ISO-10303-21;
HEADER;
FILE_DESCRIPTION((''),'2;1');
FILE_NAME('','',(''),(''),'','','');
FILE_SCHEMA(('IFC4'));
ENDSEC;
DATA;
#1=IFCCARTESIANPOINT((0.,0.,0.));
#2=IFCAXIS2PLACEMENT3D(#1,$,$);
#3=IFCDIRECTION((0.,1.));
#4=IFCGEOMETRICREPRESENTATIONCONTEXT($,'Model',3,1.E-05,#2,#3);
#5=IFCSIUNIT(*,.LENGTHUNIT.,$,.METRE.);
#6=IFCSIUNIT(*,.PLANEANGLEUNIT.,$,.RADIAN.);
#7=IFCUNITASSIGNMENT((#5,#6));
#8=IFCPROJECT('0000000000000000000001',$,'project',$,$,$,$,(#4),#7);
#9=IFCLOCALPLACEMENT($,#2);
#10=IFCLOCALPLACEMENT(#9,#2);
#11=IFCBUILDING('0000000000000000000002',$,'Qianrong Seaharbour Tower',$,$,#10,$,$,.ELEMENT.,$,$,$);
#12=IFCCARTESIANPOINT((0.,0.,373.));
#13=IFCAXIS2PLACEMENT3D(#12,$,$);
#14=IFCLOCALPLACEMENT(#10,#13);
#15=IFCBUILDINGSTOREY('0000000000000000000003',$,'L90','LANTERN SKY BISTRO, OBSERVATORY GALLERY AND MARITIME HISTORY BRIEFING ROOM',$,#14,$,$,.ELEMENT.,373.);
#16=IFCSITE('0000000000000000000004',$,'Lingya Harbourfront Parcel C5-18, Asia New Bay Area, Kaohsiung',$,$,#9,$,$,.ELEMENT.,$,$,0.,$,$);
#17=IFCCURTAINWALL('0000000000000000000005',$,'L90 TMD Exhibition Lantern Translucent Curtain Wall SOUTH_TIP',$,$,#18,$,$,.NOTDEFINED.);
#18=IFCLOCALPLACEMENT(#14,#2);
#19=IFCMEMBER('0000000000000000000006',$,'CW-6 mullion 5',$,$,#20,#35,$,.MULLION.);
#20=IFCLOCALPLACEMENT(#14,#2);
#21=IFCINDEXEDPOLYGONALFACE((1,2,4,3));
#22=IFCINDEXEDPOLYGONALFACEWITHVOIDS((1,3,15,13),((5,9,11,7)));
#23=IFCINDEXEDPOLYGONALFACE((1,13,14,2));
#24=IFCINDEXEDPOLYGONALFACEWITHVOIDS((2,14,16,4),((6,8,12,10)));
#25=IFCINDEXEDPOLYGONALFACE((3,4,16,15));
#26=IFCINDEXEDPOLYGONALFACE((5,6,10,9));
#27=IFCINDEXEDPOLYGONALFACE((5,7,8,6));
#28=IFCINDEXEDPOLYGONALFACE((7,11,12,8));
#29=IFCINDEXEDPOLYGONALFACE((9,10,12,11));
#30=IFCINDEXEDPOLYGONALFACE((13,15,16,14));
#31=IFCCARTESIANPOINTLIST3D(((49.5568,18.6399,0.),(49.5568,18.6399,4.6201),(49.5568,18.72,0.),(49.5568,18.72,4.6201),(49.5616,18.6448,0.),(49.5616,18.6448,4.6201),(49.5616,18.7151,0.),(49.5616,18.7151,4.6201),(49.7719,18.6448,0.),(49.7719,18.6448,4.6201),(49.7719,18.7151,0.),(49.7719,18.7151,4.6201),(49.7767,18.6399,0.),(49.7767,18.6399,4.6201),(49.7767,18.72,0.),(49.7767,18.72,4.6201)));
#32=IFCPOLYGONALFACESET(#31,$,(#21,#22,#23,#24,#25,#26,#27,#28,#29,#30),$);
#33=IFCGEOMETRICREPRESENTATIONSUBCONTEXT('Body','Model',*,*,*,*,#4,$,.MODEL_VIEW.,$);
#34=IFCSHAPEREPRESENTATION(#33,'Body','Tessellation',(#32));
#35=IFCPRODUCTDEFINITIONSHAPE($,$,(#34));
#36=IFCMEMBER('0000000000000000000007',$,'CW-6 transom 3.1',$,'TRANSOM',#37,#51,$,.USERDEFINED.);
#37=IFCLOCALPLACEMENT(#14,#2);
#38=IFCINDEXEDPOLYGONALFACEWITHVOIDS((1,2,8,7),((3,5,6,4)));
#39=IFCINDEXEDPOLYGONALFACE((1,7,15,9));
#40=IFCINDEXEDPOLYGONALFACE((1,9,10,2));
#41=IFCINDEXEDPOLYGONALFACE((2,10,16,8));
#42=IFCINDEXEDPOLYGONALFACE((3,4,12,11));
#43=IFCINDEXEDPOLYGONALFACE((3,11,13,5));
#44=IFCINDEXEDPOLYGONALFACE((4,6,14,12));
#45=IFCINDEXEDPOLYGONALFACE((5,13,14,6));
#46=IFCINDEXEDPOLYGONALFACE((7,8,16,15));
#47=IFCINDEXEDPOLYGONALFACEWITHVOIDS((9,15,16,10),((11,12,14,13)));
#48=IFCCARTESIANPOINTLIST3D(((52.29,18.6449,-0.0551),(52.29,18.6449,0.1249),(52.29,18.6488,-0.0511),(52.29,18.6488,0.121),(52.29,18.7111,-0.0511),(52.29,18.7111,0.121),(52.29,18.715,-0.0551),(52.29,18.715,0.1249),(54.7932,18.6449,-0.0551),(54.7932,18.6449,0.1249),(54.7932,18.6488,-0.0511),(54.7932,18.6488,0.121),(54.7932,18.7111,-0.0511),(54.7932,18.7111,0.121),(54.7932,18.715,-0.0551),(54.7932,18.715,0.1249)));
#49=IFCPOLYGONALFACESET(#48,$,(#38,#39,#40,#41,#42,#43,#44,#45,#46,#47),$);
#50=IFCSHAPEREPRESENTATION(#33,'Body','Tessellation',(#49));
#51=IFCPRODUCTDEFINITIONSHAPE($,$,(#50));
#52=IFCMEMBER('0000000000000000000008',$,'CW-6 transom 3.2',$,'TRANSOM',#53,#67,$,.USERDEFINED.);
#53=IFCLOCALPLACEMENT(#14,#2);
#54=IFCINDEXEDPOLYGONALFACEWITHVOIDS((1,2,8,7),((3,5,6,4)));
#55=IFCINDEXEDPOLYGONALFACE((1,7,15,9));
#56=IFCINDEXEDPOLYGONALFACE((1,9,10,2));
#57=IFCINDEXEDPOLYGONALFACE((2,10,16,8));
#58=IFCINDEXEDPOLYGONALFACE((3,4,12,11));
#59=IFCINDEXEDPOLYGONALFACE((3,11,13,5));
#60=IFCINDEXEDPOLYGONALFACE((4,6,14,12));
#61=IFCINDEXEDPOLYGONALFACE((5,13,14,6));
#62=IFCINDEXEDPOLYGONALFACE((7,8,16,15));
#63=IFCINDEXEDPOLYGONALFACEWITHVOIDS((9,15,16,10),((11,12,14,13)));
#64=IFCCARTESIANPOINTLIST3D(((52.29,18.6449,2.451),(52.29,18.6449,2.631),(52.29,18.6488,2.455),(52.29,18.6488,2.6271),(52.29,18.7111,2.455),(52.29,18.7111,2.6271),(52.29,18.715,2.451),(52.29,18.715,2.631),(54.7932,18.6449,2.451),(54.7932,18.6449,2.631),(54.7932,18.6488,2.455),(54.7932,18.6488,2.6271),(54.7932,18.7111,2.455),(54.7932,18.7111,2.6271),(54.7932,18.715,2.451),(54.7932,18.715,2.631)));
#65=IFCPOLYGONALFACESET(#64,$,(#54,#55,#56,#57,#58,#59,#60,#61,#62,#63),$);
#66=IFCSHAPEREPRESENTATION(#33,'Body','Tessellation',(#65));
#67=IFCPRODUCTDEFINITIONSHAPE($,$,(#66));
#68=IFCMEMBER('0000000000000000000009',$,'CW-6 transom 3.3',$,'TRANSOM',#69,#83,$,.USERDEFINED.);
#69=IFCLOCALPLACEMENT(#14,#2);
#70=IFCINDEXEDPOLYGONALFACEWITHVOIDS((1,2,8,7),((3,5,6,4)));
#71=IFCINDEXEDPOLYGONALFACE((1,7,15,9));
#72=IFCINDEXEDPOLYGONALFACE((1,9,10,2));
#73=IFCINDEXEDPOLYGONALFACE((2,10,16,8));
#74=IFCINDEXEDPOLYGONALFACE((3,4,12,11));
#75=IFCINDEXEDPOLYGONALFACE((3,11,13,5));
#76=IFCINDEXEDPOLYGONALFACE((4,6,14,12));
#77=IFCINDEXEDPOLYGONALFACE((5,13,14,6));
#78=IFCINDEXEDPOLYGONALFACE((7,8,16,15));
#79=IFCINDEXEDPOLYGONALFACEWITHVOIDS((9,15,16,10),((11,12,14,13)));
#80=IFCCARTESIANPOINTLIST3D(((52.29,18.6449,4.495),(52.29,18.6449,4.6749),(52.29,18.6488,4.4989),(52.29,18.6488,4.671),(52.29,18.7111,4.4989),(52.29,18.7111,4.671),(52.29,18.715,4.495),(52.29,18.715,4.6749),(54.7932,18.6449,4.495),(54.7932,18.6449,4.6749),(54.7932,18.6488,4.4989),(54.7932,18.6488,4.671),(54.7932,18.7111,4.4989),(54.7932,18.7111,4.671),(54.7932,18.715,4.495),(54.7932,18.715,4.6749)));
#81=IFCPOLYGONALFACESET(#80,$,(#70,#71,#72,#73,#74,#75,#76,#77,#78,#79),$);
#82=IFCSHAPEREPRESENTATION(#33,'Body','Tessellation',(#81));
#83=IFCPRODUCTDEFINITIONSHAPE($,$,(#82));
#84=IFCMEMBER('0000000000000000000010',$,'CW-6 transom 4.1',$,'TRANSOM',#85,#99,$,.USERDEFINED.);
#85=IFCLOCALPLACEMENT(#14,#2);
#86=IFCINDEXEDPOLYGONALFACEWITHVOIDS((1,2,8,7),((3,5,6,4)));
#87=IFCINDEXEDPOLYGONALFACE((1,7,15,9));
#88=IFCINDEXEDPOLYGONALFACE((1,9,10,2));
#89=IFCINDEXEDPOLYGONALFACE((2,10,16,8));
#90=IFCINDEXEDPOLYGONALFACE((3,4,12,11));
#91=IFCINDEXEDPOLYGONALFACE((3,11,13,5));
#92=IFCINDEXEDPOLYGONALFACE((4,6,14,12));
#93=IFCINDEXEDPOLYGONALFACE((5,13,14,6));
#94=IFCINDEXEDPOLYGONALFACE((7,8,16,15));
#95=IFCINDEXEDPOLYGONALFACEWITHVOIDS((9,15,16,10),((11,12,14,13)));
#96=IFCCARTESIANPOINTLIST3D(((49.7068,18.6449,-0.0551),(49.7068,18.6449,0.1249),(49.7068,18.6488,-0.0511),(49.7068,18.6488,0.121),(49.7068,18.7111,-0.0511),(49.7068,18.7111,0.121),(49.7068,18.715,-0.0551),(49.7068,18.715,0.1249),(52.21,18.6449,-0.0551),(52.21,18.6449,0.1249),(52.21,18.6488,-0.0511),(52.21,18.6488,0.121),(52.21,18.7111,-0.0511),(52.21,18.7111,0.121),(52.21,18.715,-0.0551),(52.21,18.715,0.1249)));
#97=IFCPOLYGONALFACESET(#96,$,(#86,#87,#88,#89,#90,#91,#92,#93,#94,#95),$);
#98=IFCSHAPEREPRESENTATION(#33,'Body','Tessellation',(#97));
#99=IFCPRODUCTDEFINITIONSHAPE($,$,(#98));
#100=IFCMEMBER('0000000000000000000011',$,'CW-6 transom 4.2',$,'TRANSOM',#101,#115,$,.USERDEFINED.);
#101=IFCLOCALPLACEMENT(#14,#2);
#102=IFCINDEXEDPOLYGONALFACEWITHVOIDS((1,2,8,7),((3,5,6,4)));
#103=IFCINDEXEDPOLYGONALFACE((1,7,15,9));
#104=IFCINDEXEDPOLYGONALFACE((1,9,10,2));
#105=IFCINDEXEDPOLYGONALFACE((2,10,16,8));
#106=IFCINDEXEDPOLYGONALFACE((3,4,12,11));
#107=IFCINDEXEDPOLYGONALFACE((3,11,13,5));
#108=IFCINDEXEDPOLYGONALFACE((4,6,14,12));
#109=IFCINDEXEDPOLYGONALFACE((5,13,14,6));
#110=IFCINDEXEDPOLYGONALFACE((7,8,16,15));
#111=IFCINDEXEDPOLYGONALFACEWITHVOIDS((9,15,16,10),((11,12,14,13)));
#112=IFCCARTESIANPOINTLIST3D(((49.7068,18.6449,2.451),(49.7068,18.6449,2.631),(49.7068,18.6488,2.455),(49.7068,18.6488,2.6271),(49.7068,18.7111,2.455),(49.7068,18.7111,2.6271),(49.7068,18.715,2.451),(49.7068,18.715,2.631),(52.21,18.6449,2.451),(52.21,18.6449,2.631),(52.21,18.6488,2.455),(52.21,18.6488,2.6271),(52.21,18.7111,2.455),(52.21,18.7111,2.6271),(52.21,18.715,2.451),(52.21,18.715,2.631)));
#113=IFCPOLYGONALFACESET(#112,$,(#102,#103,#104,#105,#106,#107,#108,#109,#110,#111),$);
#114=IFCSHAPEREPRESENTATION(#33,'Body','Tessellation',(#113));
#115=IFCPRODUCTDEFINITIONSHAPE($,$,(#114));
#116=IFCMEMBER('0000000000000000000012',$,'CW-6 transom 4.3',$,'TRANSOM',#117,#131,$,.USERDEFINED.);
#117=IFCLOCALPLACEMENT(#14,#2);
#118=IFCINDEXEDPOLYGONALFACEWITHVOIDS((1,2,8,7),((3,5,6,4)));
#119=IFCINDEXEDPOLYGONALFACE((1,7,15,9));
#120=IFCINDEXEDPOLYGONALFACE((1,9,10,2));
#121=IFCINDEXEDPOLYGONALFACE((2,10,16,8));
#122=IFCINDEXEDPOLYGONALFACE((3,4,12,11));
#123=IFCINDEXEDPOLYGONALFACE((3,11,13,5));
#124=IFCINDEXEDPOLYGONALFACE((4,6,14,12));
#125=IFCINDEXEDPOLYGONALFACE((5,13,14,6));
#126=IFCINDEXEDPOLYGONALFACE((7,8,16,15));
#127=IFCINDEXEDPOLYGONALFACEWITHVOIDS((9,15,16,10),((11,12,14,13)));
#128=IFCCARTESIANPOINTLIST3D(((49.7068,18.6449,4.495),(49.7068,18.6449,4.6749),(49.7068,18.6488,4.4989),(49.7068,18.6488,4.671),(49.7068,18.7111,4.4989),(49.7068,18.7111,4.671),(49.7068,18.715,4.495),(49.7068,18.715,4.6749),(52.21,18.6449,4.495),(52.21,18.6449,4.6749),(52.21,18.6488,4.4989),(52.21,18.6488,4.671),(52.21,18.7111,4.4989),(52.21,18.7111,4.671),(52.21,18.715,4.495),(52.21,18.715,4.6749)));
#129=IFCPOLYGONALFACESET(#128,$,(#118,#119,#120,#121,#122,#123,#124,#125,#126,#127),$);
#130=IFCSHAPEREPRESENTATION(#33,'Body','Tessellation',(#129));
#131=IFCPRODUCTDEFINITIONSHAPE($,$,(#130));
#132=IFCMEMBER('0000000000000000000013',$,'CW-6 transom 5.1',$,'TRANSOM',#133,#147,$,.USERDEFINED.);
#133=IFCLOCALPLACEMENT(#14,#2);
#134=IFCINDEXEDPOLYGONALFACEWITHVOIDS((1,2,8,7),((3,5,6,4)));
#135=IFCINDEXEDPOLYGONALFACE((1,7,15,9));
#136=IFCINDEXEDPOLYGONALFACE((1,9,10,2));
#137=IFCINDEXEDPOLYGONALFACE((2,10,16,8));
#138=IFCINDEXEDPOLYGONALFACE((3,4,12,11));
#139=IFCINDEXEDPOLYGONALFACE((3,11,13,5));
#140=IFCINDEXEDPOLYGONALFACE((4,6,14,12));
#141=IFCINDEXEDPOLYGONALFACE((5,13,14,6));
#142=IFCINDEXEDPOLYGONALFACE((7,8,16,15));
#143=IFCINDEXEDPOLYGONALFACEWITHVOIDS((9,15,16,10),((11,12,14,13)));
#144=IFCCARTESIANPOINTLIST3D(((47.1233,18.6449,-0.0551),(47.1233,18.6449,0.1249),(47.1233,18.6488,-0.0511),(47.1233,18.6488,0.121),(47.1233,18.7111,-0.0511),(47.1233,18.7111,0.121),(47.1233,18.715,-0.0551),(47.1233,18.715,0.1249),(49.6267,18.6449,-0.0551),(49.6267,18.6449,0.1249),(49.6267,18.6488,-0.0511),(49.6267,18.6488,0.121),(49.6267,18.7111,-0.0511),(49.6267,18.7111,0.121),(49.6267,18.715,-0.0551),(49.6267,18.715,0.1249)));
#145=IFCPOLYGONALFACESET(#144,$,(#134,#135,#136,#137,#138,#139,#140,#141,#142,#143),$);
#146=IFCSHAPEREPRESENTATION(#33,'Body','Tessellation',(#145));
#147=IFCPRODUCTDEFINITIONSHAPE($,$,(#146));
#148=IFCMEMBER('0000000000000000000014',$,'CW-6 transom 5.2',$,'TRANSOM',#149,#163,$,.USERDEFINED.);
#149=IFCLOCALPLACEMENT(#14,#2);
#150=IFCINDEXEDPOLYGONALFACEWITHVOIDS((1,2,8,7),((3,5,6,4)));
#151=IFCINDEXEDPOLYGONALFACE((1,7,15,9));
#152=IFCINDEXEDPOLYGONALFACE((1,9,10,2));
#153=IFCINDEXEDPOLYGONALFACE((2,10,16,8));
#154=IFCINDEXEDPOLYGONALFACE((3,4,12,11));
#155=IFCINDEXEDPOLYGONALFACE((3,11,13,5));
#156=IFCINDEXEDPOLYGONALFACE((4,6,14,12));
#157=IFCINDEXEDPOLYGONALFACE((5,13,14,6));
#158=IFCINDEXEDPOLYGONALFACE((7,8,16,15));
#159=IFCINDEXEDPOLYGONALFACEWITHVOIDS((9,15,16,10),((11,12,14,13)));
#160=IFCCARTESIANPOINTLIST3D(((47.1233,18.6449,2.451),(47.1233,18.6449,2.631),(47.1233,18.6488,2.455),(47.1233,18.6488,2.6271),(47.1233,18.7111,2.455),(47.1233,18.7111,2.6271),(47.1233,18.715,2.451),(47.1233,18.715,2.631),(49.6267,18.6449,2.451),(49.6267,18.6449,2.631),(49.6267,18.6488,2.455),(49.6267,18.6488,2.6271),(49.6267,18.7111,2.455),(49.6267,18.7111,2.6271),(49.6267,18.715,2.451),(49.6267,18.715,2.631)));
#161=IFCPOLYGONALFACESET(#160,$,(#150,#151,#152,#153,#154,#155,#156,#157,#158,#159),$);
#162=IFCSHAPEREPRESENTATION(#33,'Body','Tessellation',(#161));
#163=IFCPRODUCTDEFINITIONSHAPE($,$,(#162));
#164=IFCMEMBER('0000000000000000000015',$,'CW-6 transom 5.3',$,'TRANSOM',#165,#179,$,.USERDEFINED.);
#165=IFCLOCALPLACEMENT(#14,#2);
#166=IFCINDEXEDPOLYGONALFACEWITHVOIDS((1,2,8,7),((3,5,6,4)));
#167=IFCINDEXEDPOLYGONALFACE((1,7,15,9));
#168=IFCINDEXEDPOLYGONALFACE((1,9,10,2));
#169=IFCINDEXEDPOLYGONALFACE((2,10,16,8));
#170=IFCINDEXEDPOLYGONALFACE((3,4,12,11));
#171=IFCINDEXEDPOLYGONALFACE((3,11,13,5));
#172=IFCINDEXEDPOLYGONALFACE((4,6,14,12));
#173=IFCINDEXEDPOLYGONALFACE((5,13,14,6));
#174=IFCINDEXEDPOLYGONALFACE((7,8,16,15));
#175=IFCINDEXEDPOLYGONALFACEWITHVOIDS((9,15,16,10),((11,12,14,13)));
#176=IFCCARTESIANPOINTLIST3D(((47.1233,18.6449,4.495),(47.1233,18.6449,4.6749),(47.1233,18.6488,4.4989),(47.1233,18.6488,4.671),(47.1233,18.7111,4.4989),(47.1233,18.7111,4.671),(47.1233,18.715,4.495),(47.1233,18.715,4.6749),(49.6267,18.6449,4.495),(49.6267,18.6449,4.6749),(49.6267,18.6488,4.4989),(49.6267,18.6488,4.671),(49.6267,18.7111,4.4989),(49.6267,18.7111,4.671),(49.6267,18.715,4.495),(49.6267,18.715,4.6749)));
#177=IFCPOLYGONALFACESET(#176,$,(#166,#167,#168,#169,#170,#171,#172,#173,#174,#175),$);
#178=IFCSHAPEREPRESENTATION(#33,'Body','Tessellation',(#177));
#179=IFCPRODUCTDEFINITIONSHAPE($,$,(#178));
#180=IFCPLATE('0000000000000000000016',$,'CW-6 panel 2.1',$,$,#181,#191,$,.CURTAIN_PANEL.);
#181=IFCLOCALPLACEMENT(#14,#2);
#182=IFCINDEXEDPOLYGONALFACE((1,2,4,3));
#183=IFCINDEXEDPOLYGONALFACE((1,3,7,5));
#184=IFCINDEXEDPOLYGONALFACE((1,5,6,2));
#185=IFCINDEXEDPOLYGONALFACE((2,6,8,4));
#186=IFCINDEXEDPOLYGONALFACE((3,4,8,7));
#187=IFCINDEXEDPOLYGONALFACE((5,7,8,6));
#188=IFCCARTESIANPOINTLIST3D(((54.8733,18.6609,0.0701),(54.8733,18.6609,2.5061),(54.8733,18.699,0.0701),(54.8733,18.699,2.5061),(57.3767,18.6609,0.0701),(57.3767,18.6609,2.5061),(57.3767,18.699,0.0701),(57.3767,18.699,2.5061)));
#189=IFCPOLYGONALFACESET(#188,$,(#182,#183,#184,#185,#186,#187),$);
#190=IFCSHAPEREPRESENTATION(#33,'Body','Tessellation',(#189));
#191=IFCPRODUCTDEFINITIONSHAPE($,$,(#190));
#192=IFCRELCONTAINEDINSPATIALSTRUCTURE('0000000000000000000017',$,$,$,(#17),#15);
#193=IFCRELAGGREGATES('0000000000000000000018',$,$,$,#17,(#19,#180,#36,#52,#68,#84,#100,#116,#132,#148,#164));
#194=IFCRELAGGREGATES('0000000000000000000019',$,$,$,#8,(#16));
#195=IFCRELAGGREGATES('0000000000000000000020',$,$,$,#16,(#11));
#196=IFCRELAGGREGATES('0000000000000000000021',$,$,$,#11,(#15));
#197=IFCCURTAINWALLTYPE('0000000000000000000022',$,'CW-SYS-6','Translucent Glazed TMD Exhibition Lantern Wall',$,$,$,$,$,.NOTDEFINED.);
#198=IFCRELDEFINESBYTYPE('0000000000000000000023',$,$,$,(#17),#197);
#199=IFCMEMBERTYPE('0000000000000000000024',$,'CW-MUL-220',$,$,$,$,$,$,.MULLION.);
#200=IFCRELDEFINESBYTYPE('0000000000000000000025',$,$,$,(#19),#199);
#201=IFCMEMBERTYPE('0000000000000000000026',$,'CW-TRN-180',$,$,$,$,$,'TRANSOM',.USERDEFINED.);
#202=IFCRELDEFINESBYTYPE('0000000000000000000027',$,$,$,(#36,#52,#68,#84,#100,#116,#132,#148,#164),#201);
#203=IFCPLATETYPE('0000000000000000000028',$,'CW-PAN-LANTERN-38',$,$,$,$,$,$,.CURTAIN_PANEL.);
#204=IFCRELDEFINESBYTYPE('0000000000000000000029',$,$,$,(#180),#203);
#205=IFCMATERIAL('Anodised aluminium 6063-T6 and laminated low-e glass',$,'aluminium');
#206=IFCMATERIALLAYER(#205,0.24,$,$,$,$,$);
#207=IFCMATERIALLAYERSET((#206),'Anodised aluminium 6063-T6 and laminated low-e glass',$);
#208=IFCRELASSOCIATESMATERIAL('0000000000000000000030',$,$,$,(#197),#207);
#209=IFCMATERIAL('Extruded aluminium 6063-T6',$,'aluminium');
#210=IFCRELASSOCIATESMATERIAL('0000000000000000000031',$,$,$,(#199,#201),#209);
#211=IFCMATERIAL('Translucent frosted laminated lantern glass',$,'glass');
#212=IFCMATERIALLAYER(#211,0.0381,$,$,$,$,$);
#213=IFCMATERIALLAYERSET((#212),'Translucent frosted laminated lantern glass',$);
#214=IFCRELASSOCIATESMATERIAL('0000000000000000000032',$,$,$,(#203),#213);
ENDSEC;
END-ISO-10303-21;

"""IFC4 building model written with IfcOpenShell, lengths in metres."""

from ifc_helpers import new_model, si_unit, direction, frame, origin, origin_2d, place, context, subcontext, project, spatial, rectangle, hollow_rectangle, extrude, material, layer, layer_set, material_profile, profile_set, type_object, element, aggregate, save


model = new_model("IFC4")

# Units and contexts
model_context = context("Model", 3, precision=1e-05, world=origin(), true_north=direction((0.0, 1.0)))
body_context = subcontext(model_context, "Body", "Model", "MODEL_VIEW")
ifc_project = project(units=[si_unit("LENGTHUNIT", "METRE"), si_unit("PLANEANGLEUNIT", "RADIAN")], contexts=[model_context])

# Site, building, storey
site_placement = place(None, origin())
site = spatial("IfcSite", under=ifc_project, at=site_placement, Name="Lingya Harbourfront Parcel C5-18, Asia New Bay Area, Kaohsiung", CompositionType="ELEMENT", RefElevation=0.0)
building_placement = place(site_placement, origin())
building = spatial("IfcBuilding", under=site, at=building_placement, Name="Qianrong Seaharbour Tower", CompositionType="ELEMENT")
storey_placement = place(building_placement, frame((0.0, 0.0, 373.0)))
storey = spatial("IfcBuildingStorey", under=building, at=storey_placement, Name="L90", Description="LANTERN SKY BISTRO, OBSERVATORY GALLERY AND MARITIME HISTORY BRIEFING ROOM", CompositionType="ELEMENT", Elevation=373.0)

# Curtain wall, members, plate
ifc_material_1 = material(Name="Anodised aluminium 6063-T6 and laminated low-e glass", Category="aluminium")
ifc_layer_1 = layer(ifc_material_1, 0.24)
ifc_layer_set_1 = layer_set([ifc_layer_1], Name="Anodised aluminium 6063-T6 and laminated low-e glass")
curtain_wall_type = type_object("IfcCurtainWallType", Name="CW-SYS-6", Description="Translucent Glazed TMD Exhibition Lantern Wall", PredefinedType="NOTDEFINED", material=ifc_layer_set_1)
curtain_wall_placement = place(storey_placement, origin())
curtain_wall = element("IfcCurtainWall", 1, at=curtain_wall_placement, inside=storey, type_object=curtain_wall_type, Name="L90 TMD Exhibition Lantern Translucent Curtain Wall SOUTH_TIP", PredefinedType="NOTDEFINED")
ifc_material_2 = material(Name="Extruded aluminium 6063-T6", Category="aluminium")
ifc_material_profile_1 = material_profile(ifc_material_2, hollow_rectangle(XDim=0.0801, YDim=0.22, WallThickness=0.0049, at=origin_2d()), Name="ALU-MUL-220x80x5")
ifc_profile_set_1 = profile_set([ifc_material_profile_1], Name="Extruded aluminium 6063-T6")
member_type_1 = type_object("IfcMemberType", Name="CW-MUL-220", PredefinedType="MULLION", material=ifc_profile_set_1)
member_1_placement = place(storey_placement, frame((49.6667, 18.6799, 0.0), z_axis=(0.0, 0.0, 1.0), x_axis=(0.0, -1.0, 0.0)))
member_1 = element("IfcMember", 2, at=member_1_placement, type_object=member_type_1, Name="CW-6 mullion 5", PredefinedType="MULLION", context=body_context, shape_type="SweptSolid", body=[
    extrude(hollow_rectangle(XDim=0.0801, YDim=0.22, WallThickness=0.0049, at=origin_2d()), origin(), (0.0, 0.0, 1.0), 4.6201),
])
ifc_material_profile_2 = material_profile(ifc_material_2, hollow_rectangle(XDim=0.0701, YDim=0.1799, WallThickness=0.0039, at=origin_2d()), Name="ALU-TRN-180x70x4")
ifc_profile_set_2 = profile_set([ifc_material_profile_2], Name="Extruded aluminium 6063-T6")
member_type_2 = type_object("IfcMemberType", Name="CW-TRN-180", ElementType="TRANSOM", PredefinedType="USERDEFINED", material=ifc_profile_set_2)
member_2_placement = place(storey_placement, frame((54.7932, 18.6799, 0.0349), z_axis=(-1.0, 0.0, 0.0), x_axis=(0.0, -1.0, 0.0)))
member_2 = element("IfcMember", 3, at=member_2_placement, type_object=member_type_2, Name="CW-6 transom 3.1", ObjectType="TRANSOM", PredefinedType="USERDEFINED", context=body_context, shape_type="SweptSolid", body=[
    extrude(hollow_rectangle(XDim=0.0701, YDim=0.1799, WallThickness=0.0039, at=origin_2d()), origin(), (0.0, 0.0, 1.0), 2.5032),
])
member_3_placement = place(storey_placement, frame((54.7932, 18.6799, 2.541), z_axis=(-1.0, 0.0, 0.0), x_axis=(0.0, -1.0, 0.0)))
member_3 = element("IfcMember", 4, at=member_3_placement, type_object=member_type_2, Name="CW-6 transom 3.2", ObjectType="TRANSOM", PredefinedType="USERDEFINED", context=body_context, shape_type="SweptSolid", body=[
    extrude(hollow_rectangle(XDim=0.0701, YDim=0.1799, WallThickness=0.0039, at=origin_2d()), origin(), (0.0, 0.0, 1.0), 2.5032),
])
member_4_placement = place(storey_placement, frame((54.7932, 18.6799, 4.585), z_axis=(-1.0, 0.0, 0.0), x_axis=(0.0, -1.0, 0.0)))
member_4 = element("IfcMember", 5, at=member_4_placement, type_object=member_type_2, Name="CW-6 transom 3.3", ObjectType="TRANSOM", PredefinedType="USERDEFINED", context=body_context, shape_type="SweptSolid", body=[
    extrude(hollow_rectangle(XDim=0.0701, YDim=0.1799, WallThickness=0.0039, at=origin_2d()), origin(), (0.0, 0.0, 1.0), 2.5032),
])
member_5_placement = place(storey_placement, frame((52.21, 18.6799, 0.0349), z_axis=(-1.0, 0.0, 0.0), x_axis=(0.0, -1.0, 0.0)))
member_5 = element("IfcMember", 6, at=member_5_placement, type_object=member_type_2, Name="CW-6 transom 4.1", ObjectType="TRANSOM", PredefinedType="USERDEFINED", context=body_context, shape_type="SweptSolid", body=[
    extrude(hollow_rectangle(XDim=0.0701, YDim=0.1799, WallThickness=0.0039, at=origin_2d()), origin(), (0.0, 0.0, 1.0), 2.5032),
])
member_6_placement = place(storey_placement, frame((52.21, 18.6799, 2.541), z_axis=(-1.0, 0.0, 0.0), x_axis=(0.0, -1.0, 0.0)))
member_6 = element("IfcMember", 7, at=member_6_placement, type_object=member_type_2, Name="CW-6 transom 4.2", ObjectType="TRANSOM", PredefinedType="USERDEFINED", context=body_context, shape_type="SweptSolid", body=[
    extrude(hollow_rectangle(XDim=0.0701, YDim=0.1799, WallThickness=0.0039, at=origin_2d()), origin(), (0.0, 0.0, 1.0), 2.5032),
])
member_7_placement = place(storey_placement, frame((52.21, 18.6799, 4.585), z_axis=(-1.0, 0.0, 0.0), x_axis=(0.0, -1.0, 0.0)))
member_7 = element("IfcMember", 8, at=member_7_placement, type_object=member_type_2, Name="CW-6 transom 4.3", ObjectType="TRANSOM", PredefinedType="USERDEFINED", context=body_context, shape_type="SweptSolid", body=[
    extrude(hollow_rectangle(XDim=0.0701, YDim=0.1799, WallThickness=0.0039, at=origin_2d()), origin(), (0.0, 0.0, 1.0), 2.5032),
])
member_8_placement = place(storey_placement, frame((49.6267, 18.6799, 0.0349), z_axis=(-1.0, 0.0, 0.0), x_axis=(0.0, -1.0, 0.0)))
member_8 = element("IfcMember", 9, at=member_8_placement, type_object=member_type_2, Name="CW-6 transom 5.1", ObjectType="TRANSOM", PredefinedType="USERDEFINED", context=body_context, shape_type="SweptSolid", body=[
    extrude(hollow_rectangle(XDim=0.0701, YDim=0.1799, WallThickness=0.0039, at=origin_2d()), origin(), (0.0, 0.0, 1.0), 2.5034),
])
member_9_placement = place(storey_placement, frame((49.6267, 18.6799, 2.541), z_axis=(-1.0, 0.0, 0.0), x_axis=(0.0, -1.0, 0.0)))
member_9 = element("IfcMember", 10, at=member_9_placement, type_object=member_type_2, Name="CW-6 transom 5.2", ObjectType="TRANSOM", PredefinedType="USERDEFINED", context=body_context, shape_type="SweptSolid", body=[
    extrude(hollow_rectangle(XDim=0.0701, YDim=0.1799, WallThickness=0.0039, at=origin_2d()), origin(), (0.0, 0.0, 1.0), 2.5034),
])
member_10_placement = place(storey_placement, frame((49.6267, 18.6799, 4.585), z_axis=(-1.0, 0.0, 0.0), x_axis=(0.0, -1.0, 0.0)))
member_10 = element("IfcMember", 11, at=member_10_placement, type_object=member_type_2, Name="CW-6 transom 5.3", ObjectType="TRANSOM", PredefinedType="USERDEFINED", context=body_context, shape_type="SweptSolid", body=[
    extrude(hollow_rectangle(XDim=0.0701, YDim=0.1799, WallThickness=0.0039, at=origin_2d()), origin(), (0.0, 0.0, 1.0), 2.5034),
])
ifc_material_3 = material(Name="Translucent frosted laminated lantern glass", Category="glass")
ifc_layer_2 = layer(ifc_material_3, 0.0381)
ifc_layer_set_2 = layer_set([ifc_layer_2], Name="Translucent frosted laminated lantern glass")
plate_type = type_object("IfcPlateType", Name="CW-PAN-LANTERN-38", PredefinedType="CURTAIN_PANEL", material=ifc_layer_set_2)
plate_1_placement = place(storey_placement, frame((56.125, 18.6799, 0.0701), z_axis=(0.0, 0.0, 1.0), x_axis=(-1.0, 0.0, 0.0)))
plate_1 = element("IfcPlate", 12, at=plate_1_placement, type_object=plate_type, Name="CW-6 panel 2.1", PredefinedType="CURTAIN_PANEL", context=body_context, shape_type="SweptSolid", body=[
    extrude(rectangle(XDim=2.5034, YDim=0.0381, at=origin_2d()), origin(), (0.0, 0.0, 1.0), 2.436),
])
aggregate(curtain_wall, [member_1, plate_1, member_2, member_3, member_4, member_5, member_6, member_7, member_8, member_9, member_10])

save(model, "model.ifc")
